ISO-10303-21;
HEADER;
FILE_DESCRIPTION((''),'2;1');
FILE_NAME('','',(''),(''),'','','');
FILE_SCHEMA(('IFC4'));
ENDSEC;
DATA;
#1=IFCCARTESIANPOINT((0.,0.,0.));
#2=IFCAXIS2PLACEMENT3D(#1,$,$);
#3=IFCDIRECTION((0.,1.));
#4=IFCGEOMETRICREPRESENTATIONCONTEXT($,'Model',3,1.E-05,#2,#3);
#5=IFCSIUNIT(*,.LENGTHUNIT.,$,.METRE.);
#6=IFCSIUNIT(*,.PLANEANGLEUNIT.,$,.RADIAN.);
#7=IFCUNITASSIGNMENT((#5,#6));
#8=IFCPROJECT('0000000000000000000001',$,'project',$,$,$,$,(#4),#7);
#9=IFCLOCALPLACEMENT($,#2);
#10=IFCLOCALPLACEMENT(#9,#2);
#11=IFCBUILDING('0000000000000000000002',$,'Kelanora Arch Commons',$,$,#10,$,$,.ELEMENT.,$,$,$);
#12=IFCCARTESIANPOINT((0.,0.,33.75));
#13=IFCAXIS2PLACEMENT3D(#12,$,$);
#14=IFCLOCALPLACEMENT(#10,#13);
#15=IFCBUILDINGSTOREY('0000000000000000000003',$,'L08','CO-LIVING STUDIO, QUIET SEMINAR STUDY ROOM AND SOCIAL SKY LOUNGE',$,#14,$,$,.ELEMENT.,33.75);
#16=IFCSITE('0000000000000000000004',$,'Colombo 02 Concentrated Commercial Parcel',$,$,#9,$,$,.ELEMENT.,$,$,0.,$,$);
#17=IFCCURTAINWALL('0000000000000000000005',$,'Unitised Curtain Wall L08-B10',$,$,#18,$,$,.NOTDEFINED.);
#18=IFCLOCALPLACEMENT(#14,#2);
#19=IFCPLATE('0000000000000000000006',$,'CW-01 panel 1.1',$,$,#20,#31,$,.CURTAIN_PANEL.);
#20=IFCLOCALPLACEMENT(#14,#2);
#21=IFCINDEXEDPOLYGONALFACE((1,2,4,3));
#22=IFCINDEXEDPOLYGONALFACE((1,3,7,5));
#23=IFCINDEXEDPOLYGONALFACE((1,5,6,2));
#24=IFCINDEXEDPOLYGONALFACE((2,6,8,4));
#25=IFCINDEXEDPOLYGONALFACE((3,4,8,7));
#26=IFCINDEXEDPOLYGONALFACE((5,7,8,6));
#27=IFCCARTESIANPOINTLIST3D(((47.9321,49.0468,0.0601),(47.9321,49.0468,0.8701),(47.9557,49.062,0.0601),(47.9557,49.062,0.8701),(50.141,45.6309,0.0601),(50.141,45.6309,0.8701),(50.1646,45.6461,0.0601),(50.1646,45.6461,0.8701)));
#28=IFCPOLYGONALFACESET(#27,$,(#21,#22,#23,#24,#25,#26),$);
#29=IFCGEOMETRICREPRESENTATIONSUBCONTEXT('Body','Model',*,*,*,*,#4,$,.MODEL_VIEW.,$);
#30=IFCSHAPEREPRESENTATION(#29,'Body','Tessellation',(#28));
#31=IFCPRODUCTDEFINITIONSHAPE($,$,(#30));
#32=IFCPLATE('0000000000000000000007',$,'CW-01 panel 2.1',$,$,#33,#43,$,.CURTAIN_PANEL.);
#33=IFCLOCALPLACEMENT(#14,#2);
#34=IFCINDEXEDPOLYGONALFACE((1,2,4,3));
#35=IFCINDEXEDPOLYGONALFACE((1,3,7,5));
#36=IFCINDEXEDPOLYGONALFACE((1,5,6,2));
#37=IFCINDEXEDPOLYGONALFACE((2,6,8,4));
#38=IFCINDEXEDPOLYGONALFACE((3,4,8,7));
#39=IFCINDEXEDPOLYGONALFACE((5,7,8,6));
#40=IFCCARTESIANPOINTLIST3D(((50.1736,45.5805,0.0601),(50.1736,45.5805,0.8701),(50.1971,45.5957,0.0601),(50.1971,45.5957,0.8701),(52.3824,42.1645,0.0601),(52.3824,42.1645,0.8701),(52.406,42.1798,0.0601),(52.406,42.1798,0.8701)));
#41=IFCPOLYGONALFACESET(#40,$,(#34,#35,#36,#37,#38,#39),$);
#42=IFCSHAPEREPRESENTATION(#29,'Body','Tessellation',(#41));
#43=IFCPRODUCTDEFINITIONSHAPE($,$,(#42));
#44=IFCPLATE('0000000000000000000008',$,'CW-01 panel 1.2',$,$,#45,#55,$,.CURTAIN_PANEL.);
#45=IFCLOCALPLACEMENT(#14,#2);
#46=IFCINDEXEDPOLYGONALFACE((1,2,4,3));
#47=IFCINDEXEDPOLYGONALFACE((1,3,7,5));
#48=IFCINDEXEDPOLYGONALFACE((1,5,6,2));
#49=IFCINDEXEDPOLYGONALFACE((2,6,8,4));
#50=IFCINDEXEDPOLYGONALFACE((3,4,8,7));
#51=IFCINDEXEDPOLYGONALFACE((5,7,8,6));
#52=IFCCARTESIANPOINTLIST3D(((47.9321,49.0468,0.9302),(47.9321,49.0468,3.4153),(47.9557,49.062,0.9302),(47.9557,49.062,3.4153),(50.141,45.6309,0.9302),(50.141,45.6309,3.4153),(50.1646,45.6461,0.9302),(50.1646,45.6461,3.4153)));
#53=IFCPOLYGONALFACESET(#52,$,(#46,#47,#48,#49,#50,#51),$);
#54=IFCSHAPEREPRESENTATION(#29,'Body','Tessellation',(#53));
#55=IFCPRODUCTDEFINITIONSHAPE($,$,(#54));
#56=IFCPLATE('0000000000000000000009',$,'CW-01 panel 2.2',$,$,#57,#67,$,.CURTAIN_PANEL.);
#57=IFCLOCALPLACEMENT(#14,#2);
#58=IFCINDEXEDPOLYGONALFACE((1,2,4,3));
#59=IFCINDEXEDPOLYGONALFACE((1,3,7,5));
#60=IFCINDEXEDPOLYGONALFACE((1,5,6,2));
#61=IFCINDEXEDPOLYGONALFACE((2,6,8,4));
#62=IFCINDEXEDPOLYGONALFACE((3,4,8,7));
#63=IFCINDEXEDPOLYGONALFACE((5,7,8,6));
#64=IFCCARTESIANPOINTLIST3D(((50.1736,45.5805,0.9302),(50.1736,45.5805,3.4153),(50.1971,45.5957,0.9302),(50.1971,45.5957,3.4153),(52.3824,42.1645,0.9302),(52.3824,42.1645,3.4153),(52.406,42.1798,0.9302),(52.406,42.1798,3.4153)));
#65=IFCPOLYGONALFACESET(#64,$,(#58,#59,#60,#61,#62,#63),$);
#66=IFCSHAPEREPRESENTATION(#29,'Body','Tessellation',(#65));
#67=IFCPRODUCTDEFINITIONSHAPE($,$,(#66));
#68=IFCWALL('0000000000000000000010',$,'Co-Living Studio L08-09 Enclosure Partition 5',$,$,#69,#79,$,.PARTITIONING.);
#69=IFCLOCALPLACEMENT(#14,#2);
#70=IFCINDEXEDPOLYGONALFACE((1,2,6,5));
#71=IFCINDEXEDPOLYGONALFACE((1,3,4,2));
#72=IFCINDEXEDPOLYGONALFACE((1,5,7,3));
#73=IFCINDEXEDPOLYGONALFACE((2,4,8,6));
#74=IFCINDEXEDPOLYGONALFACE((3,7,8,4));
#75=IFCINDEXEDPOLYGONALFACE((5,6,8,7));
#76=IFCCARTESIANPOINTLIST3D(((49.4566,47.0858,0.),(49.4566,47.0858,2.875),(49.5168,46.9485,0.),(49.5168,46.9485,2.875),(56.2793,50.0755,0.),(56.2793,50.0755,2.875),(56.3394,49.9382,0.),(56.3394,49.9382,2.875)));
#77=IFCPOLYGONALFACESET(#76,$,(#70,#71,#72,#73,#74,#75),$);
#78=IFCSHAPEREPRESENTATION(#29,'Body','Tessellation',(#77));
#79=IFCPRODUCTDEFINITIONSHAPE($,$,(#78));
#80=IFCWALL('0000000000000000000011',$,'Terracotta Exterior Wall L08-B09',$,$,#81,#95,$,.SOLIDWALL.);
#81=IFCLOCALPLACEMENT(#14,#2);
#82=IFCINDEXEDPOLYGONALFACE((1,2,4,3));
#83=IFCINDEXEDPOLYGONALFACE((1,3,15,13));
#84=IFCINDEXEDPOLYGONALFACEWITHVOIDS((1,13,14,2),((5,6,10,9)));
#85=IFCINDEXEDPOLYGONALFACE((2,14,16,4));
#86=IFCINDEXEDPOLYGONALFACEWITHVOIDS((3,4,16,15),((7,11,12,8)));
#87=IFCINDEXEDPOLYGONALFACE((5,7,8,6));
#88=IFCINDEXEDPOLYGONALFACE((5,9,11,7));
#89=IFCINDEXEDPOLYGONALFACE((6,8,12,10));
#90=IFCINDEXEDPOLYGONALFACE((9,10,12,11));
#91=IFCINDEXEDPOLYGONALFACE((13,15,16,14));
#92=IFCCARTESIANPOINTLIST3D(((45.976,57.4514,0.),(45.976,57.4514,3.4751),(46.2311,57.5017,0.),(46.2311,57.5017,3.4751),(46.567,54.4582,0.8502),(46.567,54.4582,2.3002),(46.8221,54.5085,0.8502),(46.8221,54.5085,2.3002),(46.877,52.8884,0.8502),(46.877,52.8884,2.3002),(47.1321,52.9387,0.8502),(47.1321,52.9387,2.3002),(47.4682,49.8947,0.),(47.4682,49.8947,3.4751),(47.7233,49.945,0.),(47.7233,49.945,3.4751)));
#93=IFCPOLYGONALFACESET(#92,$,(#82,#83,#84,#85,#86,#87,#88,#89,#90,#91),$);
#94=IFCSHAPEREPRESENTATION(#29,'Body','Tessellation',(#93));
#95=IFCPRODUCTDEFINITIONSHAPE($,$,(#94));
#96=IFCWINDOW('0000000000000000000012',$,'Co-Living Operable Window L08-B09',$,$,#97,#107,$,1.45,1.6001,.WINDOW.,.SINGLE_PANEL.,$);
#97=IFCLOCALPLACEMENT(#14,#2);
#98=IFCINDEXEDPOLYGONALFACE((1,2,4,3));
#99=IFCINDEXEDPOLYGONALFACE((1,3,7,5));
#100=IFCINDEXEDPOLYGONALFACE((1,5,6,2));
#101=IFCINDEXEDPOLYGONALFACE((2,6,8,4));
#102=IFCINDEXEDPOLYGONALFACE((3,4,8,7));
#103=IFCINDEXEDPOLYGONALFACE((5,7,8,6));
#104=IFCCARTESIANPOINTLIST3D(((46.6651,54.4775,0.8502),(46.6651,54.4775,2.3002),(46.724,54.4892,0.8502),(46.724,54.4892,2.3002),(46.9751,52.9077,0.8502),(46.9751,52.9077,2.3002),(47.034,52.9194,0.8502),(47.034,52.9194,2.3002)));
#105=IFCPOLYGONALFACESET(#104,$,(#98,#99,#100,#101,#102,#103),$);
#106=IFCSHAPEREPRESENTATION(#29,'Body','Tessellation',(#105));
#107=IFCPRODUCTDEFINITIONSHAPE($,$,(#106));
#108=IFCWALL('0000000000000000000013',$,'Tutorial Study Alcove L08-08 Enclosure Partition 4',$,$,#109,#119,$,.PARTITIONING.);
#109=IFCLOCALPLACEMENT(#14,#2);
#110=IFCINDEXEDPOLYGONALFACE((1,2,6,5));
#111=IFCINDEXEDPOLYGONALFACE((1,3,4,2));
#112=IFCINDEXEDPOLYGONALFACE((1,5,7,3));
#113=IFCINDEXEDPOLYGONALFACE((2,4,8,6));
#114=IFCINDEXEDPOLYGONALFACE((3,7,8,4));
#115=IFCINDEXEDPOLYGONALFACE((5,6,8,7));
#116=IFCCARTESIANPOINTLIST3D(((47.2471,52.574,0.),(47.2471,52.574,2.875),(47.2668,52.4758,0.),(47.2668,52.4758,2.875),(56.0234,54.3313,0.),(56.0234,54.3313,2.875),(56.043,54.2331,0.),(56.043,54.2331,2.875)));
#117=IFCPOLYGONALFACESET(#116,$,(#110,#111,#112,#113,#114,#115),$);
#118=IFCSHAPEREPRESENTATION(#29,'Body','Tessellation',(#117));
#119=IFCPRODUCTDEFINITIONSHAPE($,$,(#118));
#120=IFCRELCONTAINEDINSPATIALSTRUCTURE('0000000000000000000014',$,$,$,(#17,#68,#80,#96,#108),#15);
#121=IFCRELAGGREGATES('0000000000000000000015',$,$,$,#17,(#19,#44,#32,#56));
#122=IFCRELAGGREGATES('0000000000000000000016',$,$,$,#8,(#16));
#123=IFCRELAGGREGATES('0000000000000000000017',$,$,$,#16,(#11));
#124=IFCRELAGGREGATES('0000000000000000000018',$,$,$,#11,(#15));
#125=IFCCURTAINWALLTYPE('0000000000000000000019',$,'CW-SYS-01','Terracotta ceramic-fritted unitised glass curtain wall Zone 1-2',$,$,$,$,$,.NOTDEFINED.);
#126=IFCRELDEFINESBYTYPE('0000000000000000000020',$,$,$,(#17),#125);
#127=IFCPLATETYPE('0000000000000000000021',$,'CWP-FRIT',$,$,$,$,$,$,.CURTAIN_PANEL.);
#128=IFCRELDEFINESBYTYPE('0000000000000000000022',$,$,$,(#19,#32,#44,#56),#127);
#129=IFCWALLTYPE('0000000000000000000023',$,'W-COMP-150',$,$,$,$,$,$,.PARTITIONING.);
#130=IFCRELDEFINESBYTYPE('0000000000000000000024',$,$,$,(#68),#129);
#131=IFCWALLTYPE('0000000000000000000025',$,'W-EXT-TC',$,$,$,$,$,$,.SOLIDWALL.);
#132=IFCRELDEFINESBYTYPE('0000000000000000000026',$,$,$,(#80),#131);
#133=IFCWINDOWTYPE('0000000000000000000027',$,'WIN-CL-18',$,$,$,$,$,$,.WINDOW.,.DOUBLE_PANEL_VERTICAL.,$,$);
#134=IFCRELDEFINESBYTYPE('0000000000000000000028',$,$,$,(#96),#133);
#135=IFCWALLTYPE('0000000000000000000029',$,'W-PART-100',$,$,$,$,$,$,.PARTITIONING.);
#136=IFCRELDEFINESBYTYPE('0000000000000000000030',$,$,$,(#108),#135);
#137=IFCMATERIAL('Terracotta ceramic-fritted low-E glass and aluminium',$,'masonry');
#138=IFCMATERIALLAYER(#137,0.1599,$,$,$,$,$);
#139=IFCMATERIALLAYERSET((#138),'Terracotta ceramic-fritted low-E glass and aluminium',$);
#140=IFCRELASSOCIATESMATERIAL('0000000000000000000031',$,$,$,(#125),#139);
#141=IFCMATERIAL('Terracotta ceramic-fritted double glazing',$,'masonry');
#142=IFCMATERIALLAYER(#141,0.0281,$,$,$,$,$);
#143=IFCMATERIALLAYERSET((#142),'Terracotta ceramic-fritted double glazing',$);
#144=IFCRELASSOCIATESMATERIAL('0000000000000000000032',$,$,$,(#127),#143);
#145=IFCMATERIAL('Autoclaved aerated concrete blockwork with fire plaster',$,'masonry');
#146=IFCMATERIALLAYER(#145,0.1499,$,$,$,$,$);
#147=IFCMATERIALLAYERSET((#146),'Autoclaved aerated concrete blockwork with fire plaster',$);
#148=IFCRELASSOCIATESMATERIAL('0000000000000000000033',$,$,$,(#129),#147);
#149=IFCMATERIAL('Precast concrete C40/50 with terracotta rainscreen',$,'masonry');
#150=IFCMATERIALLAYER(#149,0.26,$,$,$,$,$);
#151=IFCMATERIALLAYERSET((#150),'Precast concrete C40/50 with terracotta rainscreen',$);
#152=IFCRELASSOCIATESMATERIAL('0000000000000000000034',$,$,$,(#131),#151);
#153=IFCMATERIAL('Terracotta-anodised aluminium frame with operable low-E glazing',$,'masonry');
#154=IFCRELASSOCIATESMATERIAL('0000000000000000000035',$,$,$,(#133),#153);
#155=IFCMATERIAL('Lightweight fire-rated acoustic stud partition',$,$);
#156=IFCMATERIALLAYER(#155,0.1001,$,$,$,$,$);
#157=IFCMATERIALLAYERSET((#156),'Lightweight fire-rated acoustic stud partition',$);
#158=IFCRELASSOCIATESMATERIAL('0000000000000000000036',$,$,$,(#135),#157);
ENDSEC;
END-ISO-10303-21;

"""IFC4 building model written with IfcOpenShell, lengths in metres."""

from ifc_helpers import new_model, si_unit, direction, frame, frame_2d, origin, origin_2d, place, context, subcontext, project, spatial, rectangle, extrude, source, transform, mapped, material, layer, layer_set, type_object, element, fill, aggregate, save


model = new_model("IFC4")

# Units and contexts
model_context = context("Model", 3, precision=1e-05, world=origin(), true_north=direction((0.0, 1.0)))
body_context = subcontext(model_context, "Body", "Model", "MODEL_VIEW")
ifc_project = project(units=[si_unit("LENGTHUNIT", "METRE"), si_unit("PLANEANGLEUNIT", "RADIAN")], contexts=[model_context])

# Site, building, storey
site_placement = place(None, origin())
site = spatial("IfcSite", under=ifc_project, at=site_placement, Name="Colombo 02 Concentrated Commercial Parcel", CompositionType="ELEMENT", RefElevation=0.0)
building_placement = place(site_placement, origin())
building = spatial("IfcBuilding", under=site, at=building_placement, Name="Kelanora Arch Commons", CompositionType="ELEMENT")
storey_placement = place(building_placement, frame((0.0, 0.0, 33.75)))
storey = spatial("IfcBuildingStorey", under=building, at=storey_placement, Name="L08", Description="CO-LIVING STUDIO, QUIET SEMINAR STUDY ROOM AND SOCIAL SKY LOUNGE", CompositionType="ELEMENT", Elevation=33.75)

# Curtain wall
ifc_material_1 = material(Name="Terracotta ceramic-fritted low-E glass and aluminium", Category="masonry")
ifc_layer_1 = layer(ifc_material_1, 0.1599)
ifc_layer_set_1 = layer_set([ifc_layer_1], Name="Terracotta ceramic-fritted low-E glass and aluminium")
curtain_wall_type = type_object("IfcCurtainWallType", Name="CW-SYS-01", Description="Terracotta ceramic-fritted unitised glass curtain wall Zone 1-2", PredefinedType="NOTDEFINED", material=ifc_layer_set_1)
curtain_wall_placement = place(storey_placement, origin())
curtain_wall = element("IfcCurtainWall", 1, at=curtain_wall_placement, inside=storey, type_object=curtain_wall_type, Name="Unitised Curtain Wall L08-B10", PredefinedType="NOTDEFINED")

# Plates
ifc_material_2 = material(Name="Terracotta ceramic-fritted double glazing", Category="masonry")
ifc_layer_2 = layer(ifc_material_2, 0.0281)
ifc_layer_set_2 = layer_set([ifc_layer_2], Name="Terracotta ceramic-fritted double glazing")
plate_type = type_object("IfcPlateType", Name="CWP-FRIT", PredefinedType="CURTAIN_PANEL", material=ifc_layer_set_2)
shared_shape_1 = source(origin(), body_context, "Body", "SweptSolid", [
    extrude(rectangle(XDim=4.0679, YDim=0.0281, at=origin_2d()), origin(), (0.0, 0.0, 1.0), 0.8101),
])
plate_1_placement = place(storey_placement, frame((49.0483, 47.3464, 0.0601), z_axis=(0.0, 0.0, 1.0), x_axis=(0.543004, -0.83973, 0.0)))
plate_1 = element("IfcPlate", 2, at=plate_1_placement, type_object=plate_type, Name="CW-01 panel 1.1", PredefinedType="CURTAIN_PANEL", context=body_context, shape_type="MappedRepresentation", body=[
    mapped(shared_shape_1, transform((0.0, 0.0, 0.0), scale=1.0)),
])
plate_2_placement = place(storey_placement, frame((51.2898, 43.8801, 0.0601), z_axis=(0.0, 0.0, 1.0), x_axis=(0.543004, -0.83973, 0.0)))
plate_2 = element("IfcPlate", 3, at=plate_2_placement, type_object=plate_type, Name="CW-01 panel 2.1", PredefinedType="CURTAIN_PANEL", context=body_context, shape_type="MappedRepresentation", body=[
    mapped(shared_shape_1, transform((0.0, 0.0, 0.0), scale=1.0)),
])
shared_shape_2 = source(origin(), body_context, "Body", "SweptSolid", [
    extrude(rectangle(XDim=4.0679, YDim=0.0281, at=origin_2d()), origin(), (0.0, 0.0, 1.0), 2.4851),
])
plate_3_placement = place(storey_placement, frame((49.0483, 47.3464, 0.9302), z_axis=(0.0, 0.0, 1.0), x_axis=(0.543004, -0.83973, 0.0)))
plate_3 = element("IfcPlate", 4, at=plate_3_placement, type_object=plate_type, Name="CW-01 panel 1.2", PredefinedType="CURTAIN_PANEL", context=body_context, shape_type="MappedRepresentation", body=[
    mapped(shared_shape_2, transform((0.0, 0.0, 0.0), scale=1.0)),
])
plate_4_placement = place(storey_placement, frame((51.2898, 43.8801, 0.9302), z_axis=(0.0, 0.0, 1.0), x_axis=(0.543004, -0.83973, 0.0)))
plate_4 = element("IfcPlate", 5, at=plate_4_placement, type_object=plate_type, Name="CW-01 panel 2.2", PredefinedType="CURTAIN_PANEL", context=body_context, shape_type="MappedRepresentation", body=[
    mapped(shared_shape_2, transform((0.0, 0.0, 0.0), scale=1.0)),
])
aggregate(curtain_wall, [plate_1, plate_3, plate_2, plate_4])

# Wall
ifc_material_3 = material(Name="Autoclaved aerated concrete blockwork with fire plaster", Category="masonry")
ifc_layer_3 = layer(ifc_material_3, 0.1499)
ifc_layer_set_3 = layer_set([ifc_layer_3], Name="Autoclaved aerated concrete blockwork with fire plaster")
wall_type_1 = type_object("IfcWallType", Name="W-COMP-150", PredefinedType="PARTITIONING", material=ifc_layer_set_3)
wall_1_placement = place(storey_placement, frame((49.4866, 47.0171, 0.0), z_axis=(0.0, 0.0, 1.0), x_axis=(0.915921, 0.401359, 0.0)))
element("IfcWall", 6, at=wall_1_placement, inside=storey, type_object=wall_type_1, Name="Co-Living Studio L08-09 Enclosure Partition 5", PredefinedType="PARTITIONING", context=body_context, shape_type="SweptSolid", body=[
    extrude(rectangle(XDim=7.449, YDim=0.1499, at=frame_2d((3.7246, 0.0))), origin(), (0.0, 0.0, 1.0), 2.875),
])

# Wall, opening, window
ifc_material_4 = material(Name="Precast concrete C40/50 with terracotta rainscreen", Category="masonry")
ifc_layer_4 = layer(ifc_material_4, 0.26)
ifc_layer_set_4 = layer_set([ifc_layer_4], Name="Precast concrete C40/50 with terracotta rainscreen")
wall_type_2 = type_object("IfcWallType", Name="W-EXT-TC", PredefinedType="SOLIDWALL", material=ifc_layer_set_4)
wall_2_placement = place(storey_placement, frame((46.1035, 57.4766, 0.0), z_axis=(0.0, 0.0, 1.0), x_axis=(0.193726, -0.981056, 0.0)))
wall_2 = element("IfcWall", 7, at=wall_2_placement, inside=storey, type_object=wall_type_2, Name="Terracotta Exterior Wall L08-B09", PredefinedType="SOLIDWALL", context=body_context, shape_type="SweptSolid", body=[
    extrude(rectangle(XDim=7.7026, YDim=0.26, at=frame_2d((3.8513, 0.0))), origin(), (0.0, 0.0, 1.0), 3.4751),
])
opening_placement = place(wall_2_placement, frame((3.051, 0.0, 0.8501)))
opening = element("IfcOpeningElement", 8, at=opening_placement, cuts=wall_2, PredefinedType="OPENING", context=body_context, shape_type="SweptSolid", body=[
    extrude(rectangle(XDim=1.6001, YDim=1.45, at=frame_2d((0.8, 0.7251))), frame((0.0, 0.1401, 0.0), z_axis=(0.0, -1.0, 0.0), x_axis=(1.0, 0.0, 0.0)), (0.0, 0.0, 1.0), 0.28),
])
ifc_material_5 = material(Name="Terracotta-anodised aluminium frame with operable low-E glazing", Category="masonry")
window_type = type_object("IfcWindowType", Name="WIN-CL-18", PartitioningType="DOUBLE_PANEL_VERTICAL", PredefinedType="WINDOW", material=ifc_material_5)
window_placement = place(opening_placement, origin())
window = element("IfcWindow", 9, at=window_placement, inside=storey, type_object=window_type, Name="Co-Living Operable Window L08-B09", OverallHeight=1.45, OverallWidth=1.6001, PartitioningType="SINGLE_PANEL", PredefinedType="WINDOW", context=body_context, shape_type="SweptSolid", body=[
    extrude(rectangle(XDim=1.6001, YDim=1.45, at=frame_2d((0.8, 0.7251))), frame((0.0, 0.03, 0.0), z_axis=(0.0, -1.0, 0.0), x_axis=(1.0, 0.0, 0.0)), (0.0, 0.0, 1.0), 0.0601),
])
fill(opening, window)

# Wall
ifc_material_6 = material(Name="Lightweight fire-rated acoustic stud partition")
ifc_layer_5 = layer(ifc_material_6, 0.1001)
ifc_layer_set_5 = layer_set([ifc_layer_5], Name="Lightweight fire-rated acoustic stud partition")
wall_type_3 = type_object("IfcWallType", Name="W-PART-100", PredefinedType="PARTITIONING", material=ifc_layer_set_5)
wall_3_placement = place(storey_placement, frame((47.2571, 52.5249, 0.0), z_axis=(0.0, 0.0, 1.0), x_axis=(0.980536, 0.196342, 0.0)))
element("IfcWall", 10, at=wall_3_placement, inside=storey, type_object=wall_type_3, Name="Tutorial Study Alcove L08-08 Enclosure Partition 4", PredefinedType="PARTITIONING", context=body_context, shape_type="SweptSolid", body=[
    extrude(rectangle(XDim=8.9504, YDim=0.1001, at=frame_2d((4.4751, 0.0))), origin(), (0.0, 0.0, 1.0), 2.875),
])

save(model, "model.ifc")
